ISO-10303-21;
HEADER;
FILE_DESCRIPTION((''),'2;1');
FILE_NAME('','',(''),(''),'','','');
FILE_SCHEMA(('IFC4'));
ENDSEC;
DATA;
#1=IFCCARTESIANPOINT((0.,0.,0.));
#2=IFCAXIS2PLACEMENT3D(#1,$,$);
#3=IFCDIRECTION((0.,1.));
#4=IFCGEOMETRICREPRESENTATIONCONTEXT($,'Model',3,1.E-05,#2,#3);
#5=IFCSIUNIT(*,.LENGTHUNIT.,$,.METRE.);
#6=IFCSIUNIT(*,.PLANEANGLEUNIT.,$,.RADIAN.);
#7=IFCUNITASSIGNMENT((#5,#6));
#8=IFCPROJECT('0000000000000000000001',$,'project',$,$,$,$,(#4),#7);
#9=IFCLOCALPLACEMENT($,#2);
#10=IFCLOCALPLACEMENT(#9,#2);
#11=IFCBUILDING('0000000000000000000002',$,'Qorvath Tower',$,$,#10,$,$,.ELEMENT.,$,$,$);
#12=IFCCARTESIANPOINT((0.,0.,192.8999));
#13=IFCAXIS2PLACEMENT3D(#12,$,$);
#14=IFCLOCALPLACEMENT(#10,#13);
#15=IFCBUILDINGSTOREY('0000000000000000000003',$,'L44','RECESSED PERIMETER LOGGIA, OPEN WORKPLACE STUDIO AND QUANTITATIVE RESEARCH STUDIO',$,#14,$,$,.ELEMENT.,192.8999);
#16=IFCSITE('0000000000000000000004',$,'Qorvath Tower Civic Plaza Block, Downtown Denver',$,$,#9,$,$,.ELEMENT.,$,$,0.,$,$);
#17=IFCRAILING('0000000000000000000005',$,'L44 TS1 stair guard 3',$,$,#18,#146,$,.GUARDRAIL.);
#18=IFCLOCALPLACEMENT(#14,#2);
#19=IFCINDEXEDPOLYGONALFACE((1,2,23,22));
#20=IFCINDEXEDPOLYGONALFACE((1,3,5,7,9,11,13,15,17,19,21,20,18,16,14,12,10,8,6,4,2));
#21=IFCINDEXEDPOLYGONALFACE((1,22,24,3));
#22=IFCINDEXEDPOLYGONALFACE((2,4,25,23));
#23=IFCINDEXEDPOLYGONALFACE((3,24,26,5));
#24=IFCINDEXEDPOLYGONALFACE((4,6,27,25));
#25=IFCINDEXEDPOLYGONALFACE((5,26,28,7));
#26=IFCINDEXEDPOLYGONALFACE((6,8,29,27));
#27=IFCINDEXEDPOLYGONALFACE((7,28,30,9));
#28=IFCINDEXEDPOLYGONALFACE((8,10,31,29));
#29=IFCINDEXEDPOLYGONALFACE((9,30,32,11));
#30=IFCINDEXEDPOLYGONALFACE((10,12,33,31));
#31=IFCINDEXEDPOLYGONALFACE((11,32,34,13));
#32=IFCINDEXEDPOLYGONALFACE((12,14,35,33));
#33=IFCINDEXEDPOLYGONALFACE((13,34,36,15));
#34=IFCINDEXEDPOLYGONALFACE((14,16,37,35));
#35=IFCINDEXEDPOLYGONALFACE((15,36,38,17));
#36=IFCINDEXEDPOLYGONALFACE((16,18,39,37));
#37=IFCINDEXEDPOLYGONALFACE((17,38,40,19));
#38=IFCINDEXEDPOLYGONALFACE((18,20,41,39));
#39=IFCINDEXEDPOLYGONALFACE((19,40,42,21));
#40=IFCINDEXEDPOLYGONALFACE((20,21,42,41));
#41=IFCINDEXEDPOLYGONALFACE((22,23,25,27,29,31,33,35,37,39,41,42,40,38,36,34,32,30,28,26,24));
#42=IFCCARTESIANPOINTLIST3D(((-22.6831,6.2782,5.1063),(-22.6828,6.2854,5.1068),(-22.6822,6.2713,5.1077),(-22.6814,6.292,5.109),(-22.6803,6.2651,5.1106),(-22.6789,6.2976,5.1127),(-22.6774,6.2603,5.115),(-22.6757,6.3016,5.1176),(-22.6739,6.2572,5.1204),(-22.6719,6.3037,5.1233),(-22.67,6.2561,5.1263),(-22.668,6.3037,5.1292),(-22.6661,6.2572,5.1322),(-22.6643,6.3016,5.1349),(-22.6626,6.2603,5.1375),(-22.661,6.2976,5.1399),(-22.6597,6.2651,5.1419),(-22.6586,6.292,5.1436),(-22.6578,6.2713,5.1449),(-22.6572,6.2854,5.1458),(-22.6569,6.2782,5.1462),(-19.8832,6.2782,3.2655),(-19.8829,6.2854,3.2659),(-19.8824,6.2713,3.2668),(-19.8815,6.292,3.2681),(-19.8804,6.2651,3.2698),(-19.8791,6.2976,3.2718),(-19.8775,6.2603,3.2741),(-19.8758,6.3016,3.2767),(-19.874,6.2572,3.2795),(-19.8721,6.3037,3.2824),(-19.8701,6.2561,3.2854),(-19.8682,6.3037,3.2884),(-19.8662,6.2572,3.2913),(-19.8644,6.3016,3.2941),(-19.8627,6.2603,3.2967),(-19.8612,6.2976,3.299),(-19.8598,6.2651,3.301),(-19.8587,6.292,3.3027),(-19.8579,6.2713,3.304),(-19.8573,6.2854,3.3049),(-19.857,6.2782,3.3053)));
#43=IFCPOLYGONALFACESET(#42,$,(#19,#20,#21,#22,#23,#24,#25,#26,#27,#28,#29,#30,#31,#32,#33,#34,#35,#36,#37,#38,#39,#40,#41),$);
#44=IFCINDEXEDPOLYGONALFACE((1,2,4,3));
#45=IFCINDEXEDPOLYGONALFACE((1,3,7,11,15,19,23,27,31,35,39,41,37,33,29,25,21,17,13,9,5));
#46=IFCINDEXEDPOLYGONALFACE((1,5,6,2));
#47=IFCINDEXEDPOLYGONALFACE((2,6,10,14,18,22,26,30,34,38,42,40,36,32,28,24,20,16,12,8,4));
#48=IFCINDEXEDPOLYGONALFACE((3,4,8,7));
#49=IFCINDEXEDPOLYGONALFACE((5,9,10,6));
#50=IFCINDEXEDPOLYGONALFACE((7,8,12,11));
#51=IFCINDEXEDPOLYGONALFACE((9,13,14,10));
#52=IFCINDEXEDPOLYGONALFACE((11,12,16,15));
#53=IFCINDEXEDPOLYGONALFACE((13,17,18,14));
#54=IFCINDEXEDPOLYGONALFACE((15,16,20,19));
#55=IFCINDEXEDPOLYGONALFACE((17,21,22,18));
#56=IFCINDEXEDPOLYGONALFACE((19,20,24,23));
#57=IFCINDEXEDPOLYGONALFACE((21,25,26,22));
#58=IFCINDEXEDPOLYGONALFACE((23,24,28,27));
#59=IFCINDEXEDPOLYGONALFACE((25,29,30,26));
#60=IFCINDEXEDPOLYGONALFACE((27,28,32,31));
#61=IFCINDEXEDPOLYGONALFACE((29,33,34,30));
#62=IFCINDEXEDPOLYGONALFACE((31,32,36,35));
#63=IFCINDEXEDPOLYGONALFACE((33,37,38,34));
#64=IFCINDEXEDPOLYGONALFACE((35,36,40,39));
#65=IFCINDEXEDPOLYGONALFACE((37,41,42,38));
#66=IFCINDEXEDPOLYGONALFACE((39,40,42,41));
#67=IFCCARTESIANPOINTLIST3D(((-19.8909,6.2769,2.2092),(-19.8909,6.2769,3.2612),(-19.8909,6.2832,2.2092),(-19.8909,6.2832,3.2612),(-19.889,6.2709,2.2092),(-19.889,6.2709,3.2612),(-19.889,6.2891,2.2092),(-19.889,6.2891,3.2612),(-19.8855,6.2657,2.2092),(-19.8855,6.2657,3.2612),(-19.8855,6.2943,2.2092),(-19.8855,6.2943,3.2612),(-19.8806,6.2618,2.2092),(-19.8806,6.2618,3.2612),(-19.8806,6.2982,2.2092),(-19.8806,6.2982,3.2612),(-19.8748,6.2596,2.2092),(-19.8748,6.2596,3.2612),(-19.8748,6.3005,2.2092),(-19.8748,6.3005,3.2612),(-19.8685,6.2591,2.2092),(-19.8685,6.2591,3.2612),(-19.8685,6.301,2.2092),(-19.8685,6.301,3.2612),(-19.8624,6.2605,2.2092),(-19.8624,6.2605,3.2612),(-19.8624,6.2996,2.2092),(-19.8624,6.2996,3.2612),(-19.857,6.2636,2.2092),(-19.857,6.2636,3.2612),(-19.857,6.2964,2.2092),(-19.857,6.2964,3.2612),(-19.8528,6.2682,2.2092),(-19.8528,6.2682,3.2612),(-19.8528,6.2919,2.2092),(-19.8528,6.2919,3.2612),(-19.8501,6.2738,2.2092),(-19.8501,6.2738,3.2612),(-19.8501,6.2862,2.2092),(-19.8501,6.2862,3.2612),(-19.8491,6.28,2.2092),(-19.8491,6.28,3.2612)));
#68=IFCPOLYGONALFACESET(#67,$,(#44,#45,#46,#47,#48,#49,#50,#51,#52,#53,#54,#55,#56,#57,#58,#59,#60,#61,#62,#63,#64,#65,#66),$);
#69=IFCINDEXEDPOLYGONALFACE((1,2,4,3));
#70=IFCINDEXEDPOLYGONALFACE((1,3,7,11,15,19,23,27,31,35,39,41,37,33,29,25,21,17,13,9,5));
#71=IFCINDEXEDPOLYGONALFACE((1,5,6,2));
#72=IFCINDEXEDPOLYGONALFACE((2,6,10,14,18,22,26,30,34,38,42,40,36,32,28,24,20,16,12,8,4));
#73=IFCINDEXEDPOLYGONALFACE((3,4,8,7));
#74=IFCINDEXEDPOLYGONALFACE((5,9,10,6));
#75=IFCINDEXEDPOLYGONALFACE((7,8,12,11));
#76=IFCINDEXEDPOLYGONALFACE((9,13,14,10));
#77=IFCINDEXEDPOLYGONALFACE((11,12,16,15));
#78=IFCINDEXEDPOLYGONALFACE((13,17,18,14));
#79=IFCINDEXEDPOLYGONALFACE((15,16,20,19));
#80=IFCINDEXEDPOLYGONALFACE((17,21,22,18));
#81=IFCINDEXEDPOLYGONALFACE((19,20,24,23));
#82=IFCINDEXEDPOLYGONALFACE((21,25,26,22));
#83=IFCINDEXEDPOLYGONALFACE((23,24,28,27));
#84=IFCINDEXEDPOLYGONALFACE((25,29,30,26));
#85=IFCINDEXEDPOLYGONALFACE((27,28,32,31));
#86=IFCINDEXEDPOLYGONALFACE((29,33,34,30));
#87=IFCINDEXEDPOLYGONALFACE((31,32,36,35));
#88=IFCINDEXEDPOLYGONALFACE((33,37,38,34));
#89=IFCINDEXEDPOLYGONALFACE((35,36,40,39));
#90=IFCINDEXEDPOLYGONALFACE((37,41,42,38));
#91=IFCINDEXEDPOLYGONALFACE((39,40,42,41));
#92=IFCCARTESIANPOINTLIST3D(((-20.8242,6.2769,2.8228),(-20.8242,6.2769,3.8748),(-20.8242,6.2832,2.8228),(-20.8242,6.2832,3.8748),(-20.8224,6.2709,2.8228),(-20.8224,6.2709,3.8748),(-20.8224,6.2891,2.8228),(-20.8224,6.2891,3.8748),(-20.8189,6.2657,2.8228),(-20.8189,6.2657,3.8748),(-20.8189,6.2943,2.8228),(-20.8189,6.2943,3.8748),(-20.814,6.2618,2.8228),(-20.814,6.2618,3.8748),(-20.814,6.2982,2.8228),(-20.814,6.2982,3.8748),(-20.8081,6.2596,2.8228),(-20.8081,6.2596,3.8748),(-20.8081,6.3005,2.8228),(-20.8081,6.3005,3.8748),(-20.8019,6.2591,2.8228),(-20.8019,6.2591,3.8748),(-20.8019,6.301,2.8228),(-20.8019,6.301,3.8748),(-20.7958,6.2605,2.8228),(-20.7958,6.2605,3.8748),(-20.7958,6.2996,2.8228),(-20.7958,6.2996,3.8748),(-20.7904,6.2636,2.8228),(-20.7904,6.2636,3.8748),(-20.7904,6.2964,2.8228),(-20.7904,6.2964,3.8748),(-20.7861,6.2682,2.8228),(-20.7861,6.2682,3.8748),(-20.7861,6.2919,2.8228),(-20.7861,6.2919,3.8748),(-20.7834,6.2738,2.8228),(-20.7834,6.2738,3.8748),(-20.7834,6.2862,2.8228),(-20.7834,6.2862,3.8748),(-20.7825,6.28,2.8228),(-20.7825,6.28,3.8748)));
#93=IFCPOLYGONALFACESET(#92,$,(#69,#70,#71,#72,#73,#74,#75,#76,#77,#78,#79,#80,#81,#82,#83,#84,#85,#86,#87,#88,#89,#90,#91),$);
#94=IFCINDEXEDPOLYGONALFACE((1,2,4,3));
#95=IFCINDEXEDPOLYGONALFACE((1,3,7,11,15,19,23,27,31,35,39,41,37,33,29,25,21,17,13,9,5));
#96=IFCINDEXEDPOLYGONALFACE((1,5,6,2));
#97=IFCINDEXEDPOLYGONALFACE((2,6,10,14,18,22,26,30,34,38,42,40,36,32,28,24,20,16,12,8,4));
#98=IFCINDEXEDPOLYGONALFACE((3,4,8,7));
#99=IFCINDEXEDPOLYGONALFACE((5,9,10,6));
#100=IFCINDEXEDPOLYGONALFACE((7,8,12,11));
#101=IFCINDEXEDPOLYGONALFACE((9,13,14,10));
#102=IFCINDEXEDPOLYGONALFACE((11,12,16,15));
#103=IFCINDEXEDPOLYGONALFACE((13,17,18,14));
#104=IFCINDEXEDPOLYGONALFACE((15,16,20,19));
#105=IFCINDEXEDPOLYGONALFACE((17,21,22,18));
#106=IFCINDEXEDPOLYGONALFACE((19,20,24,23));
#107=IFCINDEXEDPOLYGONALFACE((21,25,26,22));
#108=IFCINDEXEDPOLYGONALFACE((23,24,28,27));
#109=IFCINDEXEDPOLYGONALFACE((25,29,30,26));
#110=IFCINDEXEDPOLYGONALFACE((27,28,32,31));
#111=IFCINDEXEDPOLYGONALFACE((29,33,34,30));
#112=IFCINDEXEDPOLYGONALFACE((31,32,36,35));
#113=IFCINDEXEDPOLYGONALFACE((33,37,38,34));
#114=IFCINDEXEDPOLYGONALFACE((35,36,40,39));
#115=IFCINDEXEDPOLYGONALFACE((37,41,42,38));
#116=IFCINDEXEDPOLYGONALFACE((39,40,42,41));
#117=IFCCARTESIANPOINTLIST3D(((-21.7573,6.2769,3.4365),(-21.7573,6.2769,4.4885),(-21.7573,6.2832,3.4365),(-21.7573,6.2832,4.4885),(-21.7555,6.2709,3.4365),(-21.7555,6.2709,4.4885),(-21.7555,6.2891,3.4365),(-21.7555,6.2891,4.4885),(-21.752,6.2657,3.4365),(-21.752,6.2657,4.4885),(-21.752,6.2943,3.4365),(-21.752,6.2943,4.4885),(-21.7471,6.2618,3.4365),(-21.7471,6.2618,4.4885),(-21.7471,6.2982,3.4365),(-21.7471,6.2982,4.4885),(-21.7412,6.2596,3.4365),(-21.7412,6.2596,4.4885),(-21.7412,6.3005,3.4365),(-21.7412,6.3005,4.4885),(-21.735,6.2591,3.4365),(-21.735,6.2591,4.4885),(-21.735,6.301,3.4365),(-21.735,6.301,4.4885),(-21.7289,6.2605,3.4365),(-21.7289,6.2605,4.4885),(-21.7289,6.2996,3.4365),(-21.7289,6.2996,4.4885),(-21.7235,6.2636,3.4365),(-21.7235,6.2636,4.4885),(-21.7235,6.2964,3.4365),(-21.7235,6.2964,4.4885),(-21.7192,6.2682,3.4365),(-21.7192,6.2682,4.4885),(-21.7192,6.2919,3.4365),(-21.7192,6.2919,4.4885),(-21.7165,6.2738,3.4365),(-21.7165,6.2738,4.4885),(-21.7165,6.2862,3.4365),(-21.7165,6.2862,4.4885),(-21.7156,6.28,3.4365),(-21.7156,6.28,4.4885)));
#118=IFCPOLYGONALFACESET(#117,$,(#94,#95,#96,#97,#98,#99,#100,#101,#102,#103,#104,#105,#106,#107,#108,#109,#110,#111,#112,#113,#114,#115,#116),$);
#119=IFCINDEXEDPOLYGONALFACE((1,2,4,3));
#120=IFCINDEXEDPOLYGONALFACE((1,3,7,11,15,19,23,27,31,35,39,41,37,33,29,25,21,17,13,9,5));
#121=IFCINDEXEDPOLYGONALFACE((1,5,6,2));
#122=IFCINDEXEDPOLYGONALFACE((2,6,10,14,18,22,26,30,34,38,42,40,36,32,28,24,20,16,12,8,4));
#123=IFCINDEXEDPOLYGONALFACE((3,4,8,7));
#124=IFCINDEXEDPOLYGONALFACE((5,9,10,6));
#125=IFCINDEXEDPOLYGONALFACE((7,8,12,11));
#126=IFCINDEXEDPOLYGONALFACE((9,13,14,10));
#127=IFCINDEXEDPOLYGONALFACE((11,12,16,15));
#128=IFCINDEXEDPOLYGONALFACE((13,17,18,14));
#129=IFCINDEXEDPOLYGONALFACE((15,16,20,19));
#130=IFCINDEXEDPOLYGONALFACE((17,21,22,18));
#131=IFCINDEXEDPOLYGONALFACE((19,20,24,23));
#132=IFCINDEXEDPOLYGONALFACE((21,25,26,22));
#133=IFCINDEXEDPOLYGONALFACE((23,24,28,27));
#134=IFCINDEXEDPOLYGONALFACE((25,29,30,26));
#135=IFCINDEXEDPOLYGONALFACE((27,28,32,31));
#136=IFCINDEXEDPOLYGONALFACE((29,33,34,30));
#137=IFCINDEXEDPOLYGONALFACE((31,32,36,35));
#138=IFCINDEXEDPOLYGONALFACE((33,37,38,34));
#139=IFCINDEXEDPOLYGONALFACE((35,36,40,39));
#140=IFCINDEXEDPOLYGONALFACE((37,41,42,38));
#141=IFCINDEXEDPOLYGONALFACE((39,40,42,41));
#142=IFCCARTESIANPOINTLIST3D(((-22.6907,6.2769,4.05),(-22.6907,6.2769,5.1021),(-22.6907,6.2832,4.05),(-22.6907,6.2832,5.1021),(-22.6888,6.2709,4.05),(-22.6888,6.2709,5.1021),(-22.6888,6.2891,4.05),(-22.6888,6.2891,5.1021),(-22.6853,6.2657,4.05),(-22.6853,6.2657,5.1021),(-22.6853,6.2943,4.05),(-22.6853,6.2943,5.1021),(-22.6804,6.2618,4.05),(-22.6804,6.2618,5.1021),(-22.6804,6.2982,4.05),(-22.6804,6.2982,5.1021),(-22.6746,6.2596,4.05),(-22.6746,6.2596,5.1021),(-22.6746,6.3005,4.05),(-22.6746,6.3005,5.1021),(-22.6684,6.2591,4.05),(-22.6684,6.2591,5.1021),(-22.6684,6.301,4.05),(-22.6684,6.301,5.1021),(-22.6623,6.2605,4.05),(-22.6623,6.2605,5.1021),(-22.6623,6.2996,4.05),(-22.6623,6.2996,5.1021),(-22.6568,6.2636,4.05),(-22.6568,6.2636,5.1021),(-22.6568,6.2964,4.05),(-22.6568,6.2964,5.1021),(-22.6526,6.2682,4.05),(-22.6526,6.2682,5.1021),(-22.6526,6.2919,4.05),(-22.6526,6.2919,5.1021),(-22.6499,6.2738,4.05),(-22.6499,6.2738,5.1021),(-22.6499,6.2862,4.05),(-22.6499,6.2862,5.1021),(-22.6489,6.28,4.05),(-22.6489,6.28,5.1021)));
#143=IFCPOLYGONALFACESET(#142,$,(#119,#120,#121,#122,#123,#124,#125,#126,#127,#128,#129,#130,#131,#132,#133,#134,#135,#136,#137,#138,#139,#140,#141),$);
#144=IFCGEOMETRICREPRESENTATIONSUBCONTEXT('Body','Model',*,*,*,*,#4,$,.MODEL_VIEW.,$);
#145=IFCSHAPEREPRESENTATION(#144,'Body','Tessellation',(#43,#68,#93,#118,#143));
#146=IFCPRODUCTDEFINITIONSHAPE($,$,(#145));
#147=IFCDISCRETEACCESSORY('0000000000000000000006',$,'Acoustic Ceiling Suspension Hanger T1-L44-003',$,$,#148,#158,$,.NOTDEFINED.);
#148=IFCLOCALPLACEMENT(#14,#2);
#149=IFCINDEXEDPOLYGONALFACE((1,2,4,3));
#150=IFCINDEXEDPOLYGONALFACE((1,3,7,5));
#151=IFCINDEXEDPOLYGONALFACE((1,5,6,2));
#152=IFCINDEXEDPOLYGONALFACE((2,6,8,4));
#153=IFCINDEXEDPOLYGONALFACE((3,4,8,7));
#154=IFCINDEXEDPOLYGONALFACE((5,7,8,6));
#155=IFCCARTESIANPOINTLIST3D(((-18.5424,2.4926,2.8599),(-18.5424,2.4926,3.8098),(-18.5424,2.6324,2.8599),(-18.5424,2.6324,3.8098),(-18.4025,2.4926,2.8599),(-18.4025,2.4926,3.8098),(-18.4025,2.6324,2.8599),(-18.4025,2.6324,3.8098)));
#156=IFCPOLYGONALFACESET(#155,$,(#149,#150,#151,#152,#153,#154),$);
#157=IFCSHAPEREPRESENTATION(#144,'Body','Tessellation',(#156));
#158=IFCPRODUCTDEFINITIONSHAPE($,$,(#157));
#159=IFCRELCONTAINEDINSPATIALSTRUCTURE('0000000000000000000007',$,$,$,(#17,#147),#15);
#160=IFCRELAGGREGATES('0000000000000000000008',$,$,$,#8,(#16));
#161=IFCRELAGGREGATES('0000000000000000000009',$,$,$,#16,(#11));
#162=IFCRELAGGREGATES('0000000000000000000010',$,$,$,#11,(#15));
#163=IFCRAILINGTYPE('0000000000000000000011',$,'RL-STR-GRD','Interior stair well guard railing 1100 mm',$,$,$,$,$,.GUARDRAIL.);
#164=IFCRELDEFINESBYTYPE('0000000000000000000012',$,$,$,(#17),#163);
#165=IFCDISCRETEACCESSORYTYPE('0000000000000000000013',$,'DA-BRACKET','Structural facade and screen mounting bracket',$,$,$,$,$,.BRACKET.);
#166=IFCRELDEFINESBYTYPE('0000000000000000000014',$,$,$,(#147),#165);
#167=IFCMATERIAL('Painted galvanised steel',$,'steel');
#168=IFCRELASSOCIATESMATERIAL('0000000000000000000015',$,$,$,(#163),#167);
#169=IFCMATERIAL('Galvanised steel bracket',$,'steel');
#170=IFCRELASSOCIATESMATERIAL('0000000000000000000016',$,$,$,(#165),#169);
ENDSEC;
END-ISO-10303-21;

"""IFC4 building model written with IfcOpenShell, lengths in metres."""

from ifc_helpers import new_model, si_unit, direction, frame, origin, origin_2d, place, context, subcontext, project, spatial, rectangle, circle, extrude, material, type_object, element, save


model = new_model("IFC4")

# Units and contexts
model_context = context("Model", 3, precision=1e-05, world=origin(), true_north=direction((0.0, 1.0)))
body_context = subcontext(model_context, "Body", "Model", "MODEL_VIEW")
ifc_project = project(units=[si_unit("LENGTHUNIT", "METRE"), si_unit("PLANEANGLEUNIT", "RADIAN")], contexts=[model_context])

# Site, building, storey
site_placement = place(None, origin())
site = spatial("IfcSite", under=ifc_project, at=site_placement, Name="Qorvath Tower Civic Plaza Block, Downtown Denver", CompositionType="ELEMENT", RefElevation=0.0)
building_placement = place(site_placement, origin())
building = spatial("IfcBuilding", under=site, at=building_placement, Name="Qorvath Tower", CompositionType="ELEMENT")
storey_placement = place(building_placement, frame((0.0, 0.0, 192.8999)))
storey = spatial("IfcBuildingStorey", under=building, at=storey_placement, Name="L44", Description="RECESSED PERIMETER LOGGIA, OPEN WORKPLACE STUDIO AND QUANTITATIVE RESEARCH STUDIO", CompositionType="ELEMENT", Elevation=192.8999)

# Railing
ifc_material_1 = material(Name="Painted galvanised steel", Category="steel")
railing_type = type_object("IfcRailingType", Name="RL-STR-GRD", Description="Interior stair well guard railing 1100 mm", PredefinedType="GUARDRAIL", material=ifc_material_1)
railing_1_placement = place(storey_placement, frame((-19.8701, 6.28, 2.2092)))
element("IfcRailing", 1, at=railing_1_placement, inside=storey, type_object=railing_type, Name="L44 TS1 stair guard 3", PredefinedType="GUARDRAIL", context=body_context, shape_type="SweptSolid", body=[
    extrude(circle(Radius=0.0239, at=origin_2d()), frame((0.0, 0.0, 1.0762), z_axis=(-0.835576, 0.0, 0.549376), x_axis=(0.0, -1.0, 0.0)), (0.0, 0.0, 1.0), 3.3508),
    extrude(circle(Radius=0.021, at=origin_2d()), origin(), (0.0, 0.0, 1.0), 1.052),
    extrude(circle(Radius=0.021, at=origin_2d()), frame((-0.9333, 0.0, 0.6135)), (0.0, 0.0, 1.0), 1.052),
    extrude(circle(Radius=0.021, at=origin_2d()), frame((-1.8665, 0.0, 1.2273)), (0.0, 0.0, 1.0), 1.052),
    extrude(circle(Radius=0.021, at=origin_2d()), frame((-2.7998, 0.0, 1.8408)), (0.0, 0.0, 1.0), 1.052),
])

# Discrete accessory
ifc_material_2 = material(Name="Galvanised steel bracket", Category="steel")
discrete_accessory_type = type_object("IfcDiscreteAccessoryType", Name="DA-BRACKET", Description="Structural facade and screen mounting bracket", PredefinedType="BRACKET", material=ifc_material_2)
discrete_accessory_placement = place(storey_placement, frame((-18.4724, 2.5625, 2.8599), z_axis=(0.0, 0.0, 1.0), x_axis=(1.0, 0.0, 0.0)))
element("IfcDiscreteAccessory", 2, at=discrete_accessory_placement, inside=storey, type_object=discrete_accessory_type, Name="Acoustic Ceiling Suspension Hanger T1-L44-003", PredefinedType="NOTDEFINED", context=body_context, shape_type="SweptSolid", body=[
    extrude(rectangle(XDim=0.1399, YDim=0.1399, at=origin_2d()), origin(), (0.0, 0.0, 1.0), 0.95),
])

save(model, "model.ifc")
